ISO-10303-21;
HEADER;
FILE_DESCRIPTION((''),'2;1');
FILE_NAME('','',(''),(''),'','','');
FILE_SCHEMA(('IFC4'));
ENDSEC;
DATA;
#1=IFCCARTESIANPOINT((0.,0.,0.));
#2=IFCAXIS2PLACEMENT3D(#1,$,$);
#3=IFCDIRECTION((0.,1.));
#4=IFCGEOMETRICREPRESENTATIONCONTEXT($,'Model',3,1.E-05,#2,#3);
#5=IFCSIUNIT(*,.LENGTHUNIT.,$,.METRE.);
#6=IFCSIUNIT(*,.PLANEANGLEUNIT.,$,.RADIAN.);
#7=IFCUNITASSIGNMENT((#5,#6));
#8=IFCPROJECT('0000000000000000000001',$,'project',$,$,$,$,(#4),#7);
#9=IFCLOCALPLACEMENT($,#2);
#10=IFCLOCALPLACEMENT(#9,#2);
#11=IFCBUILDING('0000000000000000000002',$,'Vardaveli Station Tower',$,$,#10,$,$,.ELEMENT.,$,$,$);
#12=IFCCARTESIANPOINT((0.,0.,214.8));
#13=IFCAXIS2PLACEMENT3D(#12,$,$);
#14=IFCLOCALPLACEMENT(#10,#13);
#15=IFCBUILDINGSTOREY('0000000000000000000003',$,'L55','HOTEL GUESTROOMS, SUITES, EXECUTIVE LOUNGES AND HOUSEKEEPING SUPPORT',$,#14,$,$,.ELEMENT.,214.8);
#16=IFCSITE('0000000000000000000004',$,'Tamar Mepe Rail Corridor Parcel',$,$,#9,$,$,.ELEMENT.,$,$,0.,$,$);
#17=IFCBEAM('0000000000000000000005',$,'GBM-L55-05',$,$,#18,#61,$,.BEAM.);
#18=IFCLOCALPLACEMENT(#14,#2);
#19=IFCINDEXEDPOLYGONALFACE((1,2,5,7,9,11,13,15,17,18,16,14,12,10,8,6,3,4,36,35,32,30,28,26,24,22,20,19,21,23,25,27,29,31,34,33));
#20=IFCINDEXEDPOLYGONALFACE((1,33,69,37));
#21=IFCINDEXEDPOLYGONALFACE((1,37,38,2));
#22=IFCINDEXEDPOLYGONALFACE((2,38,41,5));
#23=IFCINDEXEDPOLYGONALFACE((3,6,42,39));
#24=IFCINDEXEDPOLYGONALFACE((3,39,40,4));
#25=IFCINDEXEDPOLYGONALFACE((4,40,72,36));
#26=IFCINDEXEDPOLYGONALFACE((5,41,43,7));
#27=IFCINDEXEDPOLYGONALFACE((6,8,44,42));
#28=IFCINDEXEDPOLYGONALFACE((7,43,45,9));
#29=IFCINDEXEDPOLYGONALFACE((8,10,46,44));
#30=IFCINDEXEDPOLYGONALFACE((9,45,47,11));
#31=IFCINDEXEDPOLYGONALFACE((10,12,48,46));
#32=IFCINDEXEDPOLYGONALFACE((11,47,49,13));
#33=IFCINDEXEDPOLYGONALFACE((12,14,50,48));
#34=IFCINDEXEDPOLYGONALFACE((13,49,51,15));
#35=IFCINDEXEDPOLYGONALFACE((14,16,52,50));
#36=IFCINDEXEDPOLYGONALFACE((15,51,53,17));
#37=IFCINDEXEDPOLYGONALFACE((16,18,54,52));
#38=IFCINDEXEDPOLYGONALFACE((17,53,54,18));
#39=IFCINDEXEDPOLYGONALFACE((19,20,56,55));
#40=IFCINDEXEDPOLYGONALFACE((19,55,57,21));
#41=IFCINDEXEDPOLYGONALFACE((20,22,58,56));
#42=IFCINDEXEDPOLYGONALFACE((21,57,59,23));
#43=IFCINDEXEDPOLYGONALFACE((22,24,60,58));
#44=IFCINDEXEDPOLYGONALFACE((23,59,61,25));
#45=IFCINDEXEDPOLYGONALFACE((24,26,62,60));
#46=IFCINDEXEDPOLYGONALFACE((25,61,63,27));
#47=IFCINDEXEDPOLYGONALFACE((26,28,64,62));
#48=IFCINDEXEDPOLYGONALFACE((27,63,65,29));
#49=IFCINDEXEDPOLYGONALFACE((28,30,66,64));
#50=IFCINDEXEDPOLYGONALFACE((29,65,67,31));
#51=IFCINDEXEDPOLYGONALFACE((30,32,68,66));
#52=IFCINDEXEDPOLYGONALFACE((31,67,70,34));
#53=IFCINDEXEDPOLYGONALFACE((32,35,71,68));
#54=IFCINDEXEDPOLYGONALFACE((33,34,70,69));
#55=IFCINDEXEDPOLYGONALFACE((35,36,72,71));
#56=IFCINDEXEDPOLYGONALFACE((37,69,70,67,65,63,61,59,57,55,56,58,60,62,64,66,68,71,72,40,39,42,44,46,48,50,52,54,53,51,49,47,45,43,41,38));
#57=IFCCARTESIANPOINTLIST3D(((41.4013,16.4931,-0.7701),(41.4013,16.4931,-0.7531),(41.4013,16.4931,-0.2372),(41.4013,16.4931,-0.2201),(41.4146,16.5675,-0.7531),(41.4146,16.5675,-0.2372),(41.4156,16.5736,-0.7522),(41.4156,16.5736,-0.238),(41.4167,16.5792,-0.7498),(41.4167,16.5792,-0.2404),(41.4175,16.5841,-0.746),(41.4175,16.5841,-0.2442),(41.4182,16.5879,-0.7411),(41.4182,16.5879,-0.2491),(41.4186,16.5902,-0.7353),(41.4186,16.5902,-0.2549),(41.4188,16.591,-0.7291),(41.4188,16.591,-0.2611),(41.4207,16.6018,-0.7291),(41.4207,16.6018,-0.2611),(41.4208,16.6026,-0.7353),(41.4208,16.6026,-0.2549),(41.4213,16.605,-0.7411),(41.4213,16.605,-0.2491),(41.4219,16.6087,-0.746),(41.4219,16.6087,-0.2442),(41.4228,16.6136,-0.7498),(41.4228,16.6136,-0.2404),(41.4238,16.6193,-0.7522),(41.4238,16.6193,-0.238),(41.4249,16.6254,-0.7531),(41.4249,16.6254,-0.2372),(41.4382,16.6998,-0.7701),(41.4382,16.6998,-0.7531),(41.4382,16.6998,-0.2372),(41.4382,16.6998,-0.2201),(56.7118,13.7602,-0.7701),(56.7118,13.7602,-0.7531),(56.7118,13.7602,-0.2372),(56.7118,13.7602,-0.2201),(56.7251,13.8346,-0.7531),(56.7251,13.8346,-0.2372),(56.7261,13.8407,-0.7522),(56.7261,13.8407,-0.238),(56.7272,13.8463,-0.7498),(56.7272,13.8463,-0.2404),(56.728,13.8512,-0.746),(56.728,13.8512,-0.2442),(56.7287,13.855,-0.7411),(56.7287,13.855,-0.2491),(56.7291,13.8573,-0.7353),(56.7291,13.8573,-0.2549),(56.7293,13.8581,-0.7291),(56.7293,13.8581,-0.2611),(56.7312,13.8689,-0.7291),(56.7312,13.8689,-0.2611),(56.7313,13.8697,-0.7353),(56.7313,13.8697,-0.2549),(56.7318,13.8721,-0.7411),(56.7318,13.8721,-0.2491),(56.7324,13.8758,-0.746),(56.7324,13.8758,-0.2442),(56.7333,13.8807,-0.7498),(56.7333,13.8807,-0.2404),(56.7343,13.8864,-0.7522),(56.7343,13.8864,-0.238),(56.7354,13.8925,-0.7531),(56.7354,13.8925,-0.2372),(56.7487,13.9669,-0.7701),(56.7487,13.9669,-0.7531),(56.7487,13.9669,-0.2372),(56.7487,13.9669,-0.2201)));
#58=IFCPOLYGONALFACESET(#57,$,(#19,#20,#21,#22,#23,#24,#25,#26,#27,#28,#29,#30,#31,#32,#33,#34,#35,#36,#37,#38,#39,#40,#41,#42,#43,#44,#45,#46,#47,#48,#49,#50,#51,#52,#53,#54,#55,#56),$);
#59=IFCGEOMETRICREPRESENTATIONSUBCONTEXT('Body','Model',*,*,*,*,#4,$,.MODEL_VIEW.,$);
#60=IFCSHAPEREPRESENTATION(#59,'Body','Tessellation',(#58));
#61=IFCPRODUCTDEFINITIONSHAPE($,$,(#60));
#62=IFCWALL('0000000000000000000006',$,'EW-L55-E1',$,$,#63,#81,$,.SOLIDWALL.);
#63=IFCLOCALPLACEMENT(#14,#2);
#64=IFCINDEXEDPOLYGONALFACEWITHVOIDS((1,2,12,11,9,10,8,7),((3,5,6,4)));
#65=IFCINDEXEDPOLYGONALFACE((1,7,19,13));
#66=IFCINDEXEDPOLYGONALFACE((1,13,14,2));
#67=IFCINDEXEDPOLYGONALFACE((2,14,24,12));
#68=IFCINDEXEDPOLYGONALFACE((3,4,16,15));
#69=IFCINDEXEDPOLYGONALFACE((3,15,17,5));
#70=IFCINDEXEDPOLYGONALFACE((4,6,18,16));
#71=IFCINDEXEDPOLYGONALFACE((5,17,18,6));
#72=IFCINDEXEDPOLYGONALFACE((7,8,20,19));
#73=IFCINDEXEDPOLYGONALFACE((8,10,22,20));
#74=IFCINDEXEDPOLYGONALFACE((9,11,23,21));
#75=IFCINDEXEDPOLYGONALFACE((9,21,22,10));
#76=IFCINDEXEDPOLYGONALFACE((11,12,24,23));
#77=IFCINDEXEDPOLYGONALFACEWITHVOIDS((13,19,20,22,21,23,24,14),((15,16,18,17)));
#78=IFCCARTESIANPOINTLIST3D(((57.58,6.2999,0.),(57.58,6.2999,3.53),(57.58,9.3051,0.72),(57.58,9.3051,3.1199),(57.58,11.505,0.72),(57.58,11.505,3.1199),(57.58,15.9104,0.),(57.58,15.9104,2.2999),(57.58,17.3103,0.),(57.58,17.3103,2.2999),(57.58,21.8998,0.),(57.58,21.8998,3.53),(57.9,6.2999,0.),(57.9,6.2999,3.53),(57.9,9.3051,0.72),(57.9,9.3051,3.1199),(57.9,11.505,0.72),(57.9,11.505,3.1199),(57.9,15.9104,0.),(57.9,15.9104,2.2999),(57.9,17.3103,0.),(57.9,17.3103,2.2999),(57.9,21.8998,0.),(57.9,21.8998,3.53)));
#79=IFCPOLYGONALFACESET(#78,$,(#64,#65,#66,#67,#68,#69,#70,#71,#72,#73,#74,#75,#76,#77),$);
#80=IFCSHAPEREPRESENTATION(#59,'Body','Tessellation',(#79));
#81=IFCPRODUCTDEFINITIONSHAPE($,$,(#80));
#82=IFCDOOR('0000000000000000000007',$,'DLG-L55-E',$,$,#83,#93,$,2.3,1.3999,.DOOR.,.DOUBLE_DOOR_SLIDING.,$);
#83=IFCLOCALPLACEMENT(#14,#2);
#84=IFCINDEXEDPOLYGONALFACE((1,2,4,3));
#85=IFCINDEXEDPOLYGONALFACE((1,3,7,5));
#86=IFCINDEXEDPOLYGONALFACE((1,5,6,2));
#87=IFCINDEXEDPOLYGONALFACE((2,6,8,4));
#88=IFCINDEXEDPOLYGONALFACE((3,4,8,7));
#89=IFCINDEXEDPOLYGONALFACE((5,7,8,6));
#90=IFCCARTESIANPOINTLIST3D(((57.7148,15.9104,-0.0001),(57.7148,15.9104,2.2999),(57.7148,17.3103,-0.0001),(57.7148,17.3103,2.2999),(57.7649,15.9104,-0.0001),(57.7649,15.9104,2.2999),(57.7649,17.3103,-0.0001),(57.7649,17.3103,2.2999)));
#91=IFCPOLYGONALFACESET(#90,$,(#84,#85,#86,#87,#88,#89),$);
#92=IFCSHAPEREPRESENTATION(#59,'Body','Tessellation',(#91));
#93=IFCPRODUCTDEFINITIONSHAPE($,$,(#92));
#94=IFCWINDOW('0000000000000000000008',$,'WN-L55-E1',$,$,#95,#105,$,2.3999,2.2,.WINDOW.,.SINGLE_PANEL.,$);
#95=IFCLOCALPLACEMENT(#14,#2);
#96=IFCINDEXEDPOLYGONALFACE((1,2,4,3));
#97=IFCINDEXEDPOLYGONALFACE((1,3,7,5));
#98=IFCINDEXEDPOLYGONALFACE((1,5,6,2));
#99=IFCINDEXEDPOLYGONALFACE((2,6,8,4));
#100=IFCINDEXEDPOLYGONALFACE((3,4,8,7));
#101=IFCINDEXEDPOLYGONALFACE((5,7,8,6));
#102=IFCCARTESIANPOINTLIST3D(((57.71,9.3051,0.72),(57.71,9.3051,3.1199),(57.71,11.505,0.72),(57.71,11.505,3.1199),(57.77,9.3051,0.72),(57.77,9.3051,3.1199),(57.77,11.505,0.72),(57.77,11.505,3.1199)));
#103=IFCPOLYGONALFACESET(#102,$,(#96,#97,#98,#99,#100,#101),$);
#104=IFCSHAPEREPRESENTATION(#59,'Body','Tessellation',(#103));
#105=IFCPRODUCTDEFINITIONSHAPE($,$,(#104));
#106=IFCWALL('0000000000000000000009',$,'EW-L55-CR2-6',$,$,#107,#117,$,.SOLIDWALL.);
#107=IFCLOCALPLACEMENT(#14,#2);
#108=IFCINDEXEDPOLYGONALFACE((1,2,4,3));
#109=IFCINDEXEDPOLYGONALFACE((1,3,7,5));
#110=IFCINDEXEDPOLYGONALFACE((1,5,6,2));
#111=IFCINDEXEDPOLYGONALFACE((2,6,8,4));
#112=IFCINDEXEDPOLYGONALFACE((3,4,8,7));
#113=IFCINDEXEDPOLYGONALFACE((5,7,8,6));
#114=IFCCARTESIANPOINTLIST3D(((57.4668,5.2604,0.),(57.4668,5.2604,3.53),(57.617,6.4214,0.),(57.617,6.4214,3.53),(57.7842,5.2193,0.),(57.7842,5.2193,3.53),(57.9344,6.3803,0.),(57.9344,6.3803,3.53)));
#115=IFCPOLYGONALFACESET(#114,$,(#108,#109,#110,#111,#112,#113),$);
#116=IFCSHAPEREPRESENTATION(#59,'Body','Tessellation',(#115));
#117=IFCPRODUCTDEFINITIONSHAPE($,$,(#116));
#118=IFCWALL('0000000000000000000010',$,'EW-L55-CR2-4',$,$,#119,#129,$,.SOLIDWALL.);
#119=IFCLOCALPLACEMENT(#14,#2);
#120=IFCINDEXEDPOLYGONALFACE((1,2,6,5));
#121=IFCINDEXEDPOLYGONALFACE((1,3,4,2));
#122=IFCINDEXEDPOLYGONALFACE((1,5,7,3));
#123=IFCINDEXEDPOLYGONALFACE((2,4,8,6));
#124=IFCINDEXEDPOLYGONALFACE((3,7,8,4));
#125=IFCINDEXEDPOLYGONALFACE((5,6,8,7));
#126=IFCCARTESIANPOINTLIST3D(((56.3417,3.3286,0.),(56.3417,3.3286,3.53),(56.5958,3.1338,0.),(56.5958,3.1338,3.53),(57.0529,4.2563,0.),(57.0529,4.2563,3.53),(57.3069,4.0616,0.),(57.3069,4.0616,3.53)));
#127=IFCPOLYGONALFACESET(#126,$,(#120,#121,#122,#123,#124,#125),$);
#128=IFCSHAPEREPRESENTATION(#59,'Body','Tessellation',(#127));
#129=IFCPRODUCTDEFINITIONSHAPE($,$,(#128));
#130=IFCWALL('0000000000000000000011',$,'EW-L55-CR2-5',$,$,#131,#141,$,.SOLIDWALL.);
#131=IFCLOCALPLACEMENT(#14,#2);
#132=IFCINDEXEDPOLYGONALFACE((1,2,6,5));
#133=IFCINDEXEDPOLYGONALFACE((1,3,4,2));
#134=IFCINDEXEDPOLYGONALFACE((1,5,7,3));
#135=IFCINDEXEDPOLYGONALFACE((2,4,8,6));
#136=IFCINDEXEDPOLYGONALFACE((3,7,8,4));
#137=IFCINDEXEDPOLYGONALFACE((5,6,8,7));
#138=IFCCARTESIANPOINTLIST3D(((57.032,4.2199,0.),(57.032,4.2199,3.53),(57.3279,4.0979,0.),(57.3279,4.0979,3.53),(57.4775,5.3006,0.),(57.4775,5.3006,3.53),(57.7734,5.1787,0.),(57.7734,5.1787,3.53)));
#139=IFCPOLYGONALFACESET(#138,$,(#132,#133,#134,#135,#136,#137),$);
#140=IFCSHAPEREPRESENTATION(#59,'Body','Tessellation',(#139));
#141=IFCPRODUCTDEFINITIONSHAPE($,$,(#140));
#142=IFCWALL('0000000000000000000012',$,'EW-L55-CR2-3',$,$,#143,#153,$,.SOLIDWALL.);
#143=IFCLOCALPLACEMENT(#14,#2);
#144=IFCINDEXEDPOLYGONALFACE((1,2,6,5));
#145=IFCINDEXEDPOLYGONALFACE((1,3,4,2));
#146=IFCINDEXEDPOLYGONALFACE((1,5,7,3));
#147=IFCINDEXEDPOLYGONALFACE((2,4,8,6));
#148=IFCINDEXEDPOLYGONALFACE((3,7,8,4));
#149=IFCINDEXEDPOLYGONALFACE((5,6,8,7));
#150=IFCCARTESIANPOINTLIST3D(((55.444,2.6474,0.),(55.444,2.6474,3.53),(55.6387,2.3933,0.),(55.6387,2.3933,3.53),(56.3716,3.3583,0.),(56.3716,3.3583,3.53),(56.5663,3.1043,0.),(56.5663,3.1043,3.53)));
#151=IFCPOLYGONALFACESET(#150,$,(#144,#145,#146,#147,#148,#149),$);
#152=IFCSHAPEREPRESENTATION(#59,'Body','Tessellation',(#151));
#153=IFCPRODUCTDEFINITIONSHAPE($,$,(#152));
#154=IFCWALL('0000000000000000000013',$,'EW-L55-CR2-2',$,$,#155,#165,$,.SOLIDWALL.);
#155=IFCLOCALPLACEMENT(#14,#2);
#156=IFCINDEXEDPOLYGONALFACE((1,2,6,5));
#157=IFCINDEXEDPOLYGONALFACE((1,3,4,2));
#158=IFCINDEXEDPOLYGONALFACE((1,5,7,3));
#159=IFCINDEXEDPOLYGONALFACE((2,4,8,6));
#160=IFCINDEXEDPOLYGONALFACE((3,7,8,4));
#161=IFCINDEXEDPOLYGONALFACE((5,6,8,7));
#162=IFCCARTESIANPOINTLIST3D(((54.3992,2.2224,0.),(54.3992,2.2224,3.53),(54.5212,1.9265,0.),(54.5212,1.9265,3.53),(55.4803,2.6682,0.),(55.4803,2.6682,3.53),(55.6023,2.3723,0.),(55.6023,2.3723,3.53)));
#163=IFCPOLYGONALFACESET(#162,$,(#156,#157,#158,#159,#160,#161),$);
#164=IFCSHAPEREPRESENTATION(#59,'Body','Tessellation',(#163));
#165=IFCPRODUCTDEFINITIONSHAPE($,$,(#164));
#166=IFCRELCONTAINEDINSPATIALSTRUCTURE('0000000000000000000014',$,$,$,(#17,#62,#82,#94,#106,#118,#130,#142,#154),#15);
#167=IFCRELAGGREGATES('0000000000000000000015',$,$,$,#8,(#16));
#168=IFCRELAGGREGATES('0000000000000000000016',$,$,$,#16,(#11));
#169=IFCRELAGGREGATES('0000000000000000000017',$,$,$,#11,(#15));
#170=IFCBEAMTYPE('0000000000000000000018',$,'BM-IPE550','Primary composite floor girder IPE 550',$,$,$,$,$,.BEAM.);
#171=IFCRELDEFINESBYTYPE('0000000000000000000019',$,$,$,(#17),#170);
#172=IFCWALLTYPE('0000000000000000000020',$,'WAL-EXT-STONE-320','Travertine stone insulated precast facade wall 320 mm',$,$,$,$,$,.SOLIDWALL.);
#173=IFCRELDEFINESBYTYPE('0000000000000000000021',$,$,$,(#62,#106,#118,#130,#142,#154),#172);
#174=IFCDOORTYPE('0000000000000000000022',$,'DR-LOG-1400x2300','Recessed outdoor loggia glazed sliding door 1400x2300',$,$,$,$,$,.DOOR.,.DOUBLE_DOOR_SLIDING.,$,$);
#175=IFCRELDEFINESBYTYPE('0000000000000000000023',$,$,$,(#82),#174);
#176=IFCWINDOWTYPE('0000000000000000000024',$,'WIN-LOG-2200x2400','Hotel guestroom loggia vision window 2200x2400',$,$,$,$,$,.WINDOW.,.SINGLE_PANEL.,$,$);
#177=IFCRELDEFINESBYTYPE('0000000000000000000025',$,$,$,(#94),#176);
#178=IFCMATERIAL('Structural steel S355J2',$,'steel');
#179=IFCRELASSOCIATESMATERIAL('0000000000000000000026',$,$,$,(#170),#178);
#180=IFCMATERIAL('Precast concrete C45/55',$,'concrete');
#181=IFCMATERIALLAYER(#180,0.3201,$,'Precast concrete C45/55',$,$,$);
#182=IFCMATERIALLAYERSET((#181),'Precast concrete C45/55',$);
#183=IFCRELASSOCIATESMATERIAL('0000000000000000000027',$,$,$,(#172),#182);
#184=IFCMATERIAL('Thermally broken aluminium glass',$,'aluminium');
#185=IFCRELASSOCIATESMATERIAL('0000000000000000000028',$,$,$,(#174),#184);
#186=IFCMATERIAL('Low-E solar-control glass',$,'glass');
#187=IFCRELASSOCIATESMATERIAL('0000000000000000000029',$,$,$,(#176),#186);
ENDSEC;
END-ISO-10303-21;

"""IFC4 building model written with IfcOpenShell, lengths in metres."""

from ifc_helpers import new_model, si_unit, direction, frame, frame_2d, origin, origin_2d, place, context, subcontext, project, spatial, rectangle, i_section, extrude, source, transform, mapped, material, layer, layer_set, material_profile, profile_set, type_object, element, fill, save


model = new_model("IFC4")

# Units and contexts
model_context = context("Model", 3, precision=1e-05, world=origin(), true_north=direction((0.0, 1.0)))
body_context = subcontext(model_context, "Body", "Model", "MODEL_VIEW")
ifc_project = project(units=[si_unit("LENGTHUNIT", "METRE"), si_unit("PLANEANGLEUNIT", "RADIAN")], contexts=[model_context])

# Site, building, storey
site_placement = place(None, origin())
site = spatial("IfcSite", under=ifc_project, at=site_placement, Name="Tamar Mepe Rail Corridor Parcel", CompositionType="ELEMENT", RefElevation=0.0)
building_placement = place(site_placement, origin())
building = spatial("IfcBuilding", under=site, at=building_placement, Name="Vardaveli Station Tower", CompositionType="ELEMENT")
storey_placement = place(building_placement, frame((0.0, 0.0, 214.8)))
storey = spatial("IfcBuildingStorey", under=building, at=storey_placement, Name="L55", Description="HOTEL GUESTROOMS, SUITES, EXECUTIVE LOUNGES AND HOUSEKEEPING SUPPORT", CompositionType="ELEMENT", Elevation=214.8)

# Beam
ifc_material_1 = material(Name="Precast concrete C45/55", Category="concrete")
ifc_material_2 = material(Name="Structural steel S355J2", Category="steel")
ifc_material_profile_1 = material_profile(ifc_material_2, i_section(OverallWidth=0.21, OverallDepth=0.55, WebThickness=0.011, FlangeThickness=0.0171, FilletRadius=0.0239, at=origin_2d()), Name="IPE 550")
ifc_profile_set_1 = profile_set([ifc_material_profile_1], Name="Structural steel S355J2")
beam_type_1 = type_object("IfcBeamType", Name="BM-IPE550", Description="Primary composite floor girder IPE 550", PredefinedType="BEAM", material=ifc_profile_set_1)
shared_shape_1 = source(origin(), body_context, "Body", "SweptSolid", [
    extrude(i_section(OverallWidth=0.21, OverallDepth=0.55, WebThickness=0.011, FlangeThickness=0.0171, FilletRadius=0.0239, at=origin_2d()), origin(), (0.0, 0.0, 1.0), 15.5525),
])
beam_1_placement = place(storey_placement, frame((56.7302, 13.8635, -0.4951), z_axis=(-0.98444, 0.175721, 0.0), x_axis=(-0.175721, -0.98444, 0.0)))
element("IfcBeam", 1, at=beam_1_placement, inside=storey, type_object=beam_type_1, Name="GBM-L55-05", PredefinedType="BEAM", context=body_context, shape_type="MappedRepresentation", body=[
    mapped(shared_shape_1, transform((0.0, 0.0, 0.0), scale=1.0)),
])

# Wall, openings, door, window
ifc_layer_1 = layer(ifc_material_1, 0.3201, Name="Precast concrete C45/55")
ifc_layer_set_1 = layer_set([ifc_layer_1], Name="Precast concrete C45/55")
wall_type_1 = type_object("IfcWallType", Name="WAL-EXT-STONE-320", Description="Travertine stone insulated precast facade wall 320 mm", PredefinedType="SOLIDWALL", material=ifc_layer_set_1)
shared_shape_2 = source(origin(), body_context, "Body", "SweptSolid", [
    extrude(rectangle(XDim=15.5999, YDim=0.3201, at=frame_2d((7.7998, 0.0))), origin(), (0.0, 0.0, 1.0), 3.53),
])
wall_1_placement = place(storey_placement, frame((57.74, 6.3, 0.0), z_axis=(0.0, 0.0, 1.0), x_axis=(0.0, 1.0, 0.0)))
wall_1 = element("IfcWall", 2, at=wall_1_placement, inside=storey, type_object=wall_type_1, Name="EW-L55-E1", PredefinedType="SOLIDWALL", context=body_context, shape_type="MappedRepresentation", body=[
    mapped(shared_shape_2, transform((0.0, 0.0, 0.0), scale=1.0)),
])
shared_shape_3 = source(origin(), body_context, "Body", "SweptSolid", [
    extrude(rectangle(XDim=1.3999, YDim=2.3, at=frame_2d((0.7, 1.1499))), frame((0.0, 0.1699, 0.0), z_axis=(0.0, -1.0, 0.0), x_axis=(1.0, 0.0, 0.0)), (0.0, 0.0, 1.0), 0.3401),
])
opening_1_placement = place(wall_1_placement, frame((9.6104, 0.0, 0.0)))
opening_1 = element("IfcOpeningElement", 3, at=opening_1_placement, cuts=wall_1, PredefinedType="OPENING", context=body_context, shape_type="MappedRepresentation", body=[
    mapped(shared_shape_3, transform((0.0, 0.0, 0.0), scale=1.0)),
])
shared_shape_4 = source(origin(), body_context, "Body", "SweptSolid", [
    extrude(rectangle(XDim=2.2, YDim=2.3999, at=frame_2d((1.1001, 1.2))), frame((0.0, 0.1699, 0.0), z_axis=(0.0, -1.0, 0.0), x_axis=(1.0, 0.0, 0.0)), (0.0, 0.0, 1.0), 0.3401),
])
opening_2_placement = place(wall_1_placement, frame((3.0049, 0.0, 0.72)))
opening_2 = element("IfcOpeningElement", 4, at=opening_2_placement, cuts=wall_1, PredefinedType="OPENING", context=body_context, shape_type="MappedRepresentation", body=[
    mapped(shared_shape_4, transform((0.0, 0.0, 0.0), scale=1.0)),
])
ifc_material_3 = material(Name="Thermally broken aluminium glass", Category="aluminium")
door_type_1 = type_object("IfcDoorType", Name="DR-LOG-1400x2300", Description="Recessed outdoor loggia glazed sliding door 1400x2300", OperationType="DOUBLE_DOOR_SLIDING", PredefinedType="DOOR", material=ifc_material_3)
shared_shape_5 = source(origin(), body_context, "Body", "SweptSolid", [
    extrude(rectangle(XDim=1.3999, YDim=2.3, at=frame_2d((0.7, 1.1499))), frame((0.0, 0.0249, 0.0), z_axis=(0.0, -1.0, 0.0), x_axis=(1.0, 0.0, 0.0)), (0.0, 0.0, 1.0), 0.05),
])
door_1_placement = place(opening_1_placement, frame((1.3999, 0.0, 0.0), z_axis=(0.0, 0.0, 1.0), x_axis=(-1.0, 0.0, 0.0)))
door_1 = element("IfcDoor", 5, at=door_1_placement, inside=storey, type_object=door_type_1, Name="DLG-L55-E", OperationType="DOUBLE_DOOR_SLIDING", OverallHeight=2.3, OverallWidth=1.3999, PredefinedType="DOOR", context=body_context, shape_type="MappedRepresentation", body=[
    mapped(shared_shape_5, transform((0.0, 0.0, 0.0), scale=1.0)),
])
fill(opening_1, door_1)
ifc_material_4 = material(Name="Low-E solar-control glass", Category="glass")
window_type = type_object("IfcWindowType", Name="WIN-LOG-2200x2400", Description="Hotel guestroom loggia vision window 2200x2400", PartitioningType="SINGLE_PANEL", PredefinedType="WINDOW", material=ifc_material_4)
shared_shape_6 = source(origin(), body_context, "Body", "SweptSolid", [
    extrude(rectangle(XDim=2.2, YDim=2.3999, at=frame_2d((1.1001, 1.2))), frame((0.0, 0.03, 0.0), z_axis=(0.0, -1.0, 0.0), x_axis=(1.0, 0.0, 0.0)), (0.0, 0.0, 1.0), 0.0601),
])
window_placement = place(opening_2_placement, origin())
window = element("IfcWindow", 6, at=window_placement, inside=storey, type_object=window_type, Name="WN-L55-E1", OverallHeight=2.3999, OverallWidth=2.2, PartitioningType="SINGLE_PANEL", PredefinedType="WINDOW", context=body_context, shape_type="MappedRepresentation", body=[
    mapped(shared_shape_6, transform((0.0, 0.0, 0.0), scale=1.0)),
])
fill(opening_2, window)

# Walls
shared_shape_7 = source(origin(), body_context, "Body", "SweptSolid", [
    extrude(rectangle(XDim=1.1707, YDim=0.3201, at=frame_2d((0.5854, 0.0))), origin(), (0.0, 0.0, 1.0), 3.53),
])
wall_2_placement = place(storey_placement, frame((57.6255, 5.2397, 0.0), z_axis=(0.0, 0.0, 1.0), x_axis=(0.128269, 0.991739, 0.0)))
element("IfcWall", 7, at=wall_2_placement, inside=storey, type_object=wall_type_1, Name="EW-L55-CR2-6", PredefinedType="SOLIDWALL", context=body_context, shape_type="MappedRepresentation", body=[
    mapped(shared_shape_7, transform((0.0, 0.0, 0.0), scale=1.0)),
])
shared_shape_8 = source(origin(), body_context, "Body", "SweptSolid", [
    extrude(rectangle(XDim=1.1689, YDim=0.3201, at=frame_2d((0.5845, 0.0))), origin(), (0.0, 0.0, 1.0), 3.53),
])
for number, where, z_axis, x_axis, name in (
    (8, (56.4688, 3.2312, 0.0), (0.0, 0.0, 1.0), (0.608388, 0.79364, 0.0), "EW-L55-CR2-4"),
    (9, (57.1799, 4.1589, 0.0), (0.0, 0.0, 1.0), (0.381128, 0.924522, 0.0), "EW-L55-CR2-5"),
):
    element("IfcWall", number, at=place(storey_placement, frame(where, z_axis=z_axis, x_axis=x_axis)), inside=storey, type_object=wall_type_1, Name=name, PredefinedType="SOLIDWALL", context=body_context, shape_type="MappedRepresentation", body=[
        mapped(shared_shape_8, transform((0.0, 0.0, 0.0), scale=1.0)),
    ])
shared_shape_9 = source(origin(), body_context, "Body", "SweptSolid", [
    extrude(rectangle(XDim=1.1687, YDim=0.3201, at=frame_2d((0.5845, 0.0))), origin(), (0.0, 0.0, 1.0), 3.53),
])
wall_3_placement = place(storey_placement, frame((55.5413, 2.5203, 0.0), z_axis=(0.0, 0.0, 1.0), x_axis=(0.793664, 0.608357, 0.0)))
element("IfcWall", 10, at=wall_3_placement, inside=storey, type_object=wall_type_1, Name="EW-L55-CR2-3", PredefinedType="SOLIDWALL", context=body_context, shape_type="MappedRepresentation", body=[
    mapped(shared_shape_9, transform((0.0, 0.0, 0.0), scale=1.0)),
])
shared_shape_10 = source(origin(), body_context, "Body", "SweptSolid", [
    extrude(rectangle(XDim=1.1694, YDim=0.3201, at=frame_2d((0.5847, 0.0))), origin(), (0.0, 0.0, 1.0), 3.53),
])
wall_4_placement = place(storey_placement, frame((54.4602, 2.0745, 0.0), z_axis=(0.0, 0.0, 1.0), x_axis=(0.924479, 0.381233, 0.0)))
element("IfcWall", 11, at=wall_4_placement, inside=storey, type_object=wall_type_1, Name="EW-L55-CR2-2", PredefinedType="SOLIDWALL", context=body_context, shape_type="MappedRepresentation", body=[
    mapped(shared_shape_10, transform((0.0, 0.0, 0.0), scale=1.0)),
])

save(model, "model.ifc")
